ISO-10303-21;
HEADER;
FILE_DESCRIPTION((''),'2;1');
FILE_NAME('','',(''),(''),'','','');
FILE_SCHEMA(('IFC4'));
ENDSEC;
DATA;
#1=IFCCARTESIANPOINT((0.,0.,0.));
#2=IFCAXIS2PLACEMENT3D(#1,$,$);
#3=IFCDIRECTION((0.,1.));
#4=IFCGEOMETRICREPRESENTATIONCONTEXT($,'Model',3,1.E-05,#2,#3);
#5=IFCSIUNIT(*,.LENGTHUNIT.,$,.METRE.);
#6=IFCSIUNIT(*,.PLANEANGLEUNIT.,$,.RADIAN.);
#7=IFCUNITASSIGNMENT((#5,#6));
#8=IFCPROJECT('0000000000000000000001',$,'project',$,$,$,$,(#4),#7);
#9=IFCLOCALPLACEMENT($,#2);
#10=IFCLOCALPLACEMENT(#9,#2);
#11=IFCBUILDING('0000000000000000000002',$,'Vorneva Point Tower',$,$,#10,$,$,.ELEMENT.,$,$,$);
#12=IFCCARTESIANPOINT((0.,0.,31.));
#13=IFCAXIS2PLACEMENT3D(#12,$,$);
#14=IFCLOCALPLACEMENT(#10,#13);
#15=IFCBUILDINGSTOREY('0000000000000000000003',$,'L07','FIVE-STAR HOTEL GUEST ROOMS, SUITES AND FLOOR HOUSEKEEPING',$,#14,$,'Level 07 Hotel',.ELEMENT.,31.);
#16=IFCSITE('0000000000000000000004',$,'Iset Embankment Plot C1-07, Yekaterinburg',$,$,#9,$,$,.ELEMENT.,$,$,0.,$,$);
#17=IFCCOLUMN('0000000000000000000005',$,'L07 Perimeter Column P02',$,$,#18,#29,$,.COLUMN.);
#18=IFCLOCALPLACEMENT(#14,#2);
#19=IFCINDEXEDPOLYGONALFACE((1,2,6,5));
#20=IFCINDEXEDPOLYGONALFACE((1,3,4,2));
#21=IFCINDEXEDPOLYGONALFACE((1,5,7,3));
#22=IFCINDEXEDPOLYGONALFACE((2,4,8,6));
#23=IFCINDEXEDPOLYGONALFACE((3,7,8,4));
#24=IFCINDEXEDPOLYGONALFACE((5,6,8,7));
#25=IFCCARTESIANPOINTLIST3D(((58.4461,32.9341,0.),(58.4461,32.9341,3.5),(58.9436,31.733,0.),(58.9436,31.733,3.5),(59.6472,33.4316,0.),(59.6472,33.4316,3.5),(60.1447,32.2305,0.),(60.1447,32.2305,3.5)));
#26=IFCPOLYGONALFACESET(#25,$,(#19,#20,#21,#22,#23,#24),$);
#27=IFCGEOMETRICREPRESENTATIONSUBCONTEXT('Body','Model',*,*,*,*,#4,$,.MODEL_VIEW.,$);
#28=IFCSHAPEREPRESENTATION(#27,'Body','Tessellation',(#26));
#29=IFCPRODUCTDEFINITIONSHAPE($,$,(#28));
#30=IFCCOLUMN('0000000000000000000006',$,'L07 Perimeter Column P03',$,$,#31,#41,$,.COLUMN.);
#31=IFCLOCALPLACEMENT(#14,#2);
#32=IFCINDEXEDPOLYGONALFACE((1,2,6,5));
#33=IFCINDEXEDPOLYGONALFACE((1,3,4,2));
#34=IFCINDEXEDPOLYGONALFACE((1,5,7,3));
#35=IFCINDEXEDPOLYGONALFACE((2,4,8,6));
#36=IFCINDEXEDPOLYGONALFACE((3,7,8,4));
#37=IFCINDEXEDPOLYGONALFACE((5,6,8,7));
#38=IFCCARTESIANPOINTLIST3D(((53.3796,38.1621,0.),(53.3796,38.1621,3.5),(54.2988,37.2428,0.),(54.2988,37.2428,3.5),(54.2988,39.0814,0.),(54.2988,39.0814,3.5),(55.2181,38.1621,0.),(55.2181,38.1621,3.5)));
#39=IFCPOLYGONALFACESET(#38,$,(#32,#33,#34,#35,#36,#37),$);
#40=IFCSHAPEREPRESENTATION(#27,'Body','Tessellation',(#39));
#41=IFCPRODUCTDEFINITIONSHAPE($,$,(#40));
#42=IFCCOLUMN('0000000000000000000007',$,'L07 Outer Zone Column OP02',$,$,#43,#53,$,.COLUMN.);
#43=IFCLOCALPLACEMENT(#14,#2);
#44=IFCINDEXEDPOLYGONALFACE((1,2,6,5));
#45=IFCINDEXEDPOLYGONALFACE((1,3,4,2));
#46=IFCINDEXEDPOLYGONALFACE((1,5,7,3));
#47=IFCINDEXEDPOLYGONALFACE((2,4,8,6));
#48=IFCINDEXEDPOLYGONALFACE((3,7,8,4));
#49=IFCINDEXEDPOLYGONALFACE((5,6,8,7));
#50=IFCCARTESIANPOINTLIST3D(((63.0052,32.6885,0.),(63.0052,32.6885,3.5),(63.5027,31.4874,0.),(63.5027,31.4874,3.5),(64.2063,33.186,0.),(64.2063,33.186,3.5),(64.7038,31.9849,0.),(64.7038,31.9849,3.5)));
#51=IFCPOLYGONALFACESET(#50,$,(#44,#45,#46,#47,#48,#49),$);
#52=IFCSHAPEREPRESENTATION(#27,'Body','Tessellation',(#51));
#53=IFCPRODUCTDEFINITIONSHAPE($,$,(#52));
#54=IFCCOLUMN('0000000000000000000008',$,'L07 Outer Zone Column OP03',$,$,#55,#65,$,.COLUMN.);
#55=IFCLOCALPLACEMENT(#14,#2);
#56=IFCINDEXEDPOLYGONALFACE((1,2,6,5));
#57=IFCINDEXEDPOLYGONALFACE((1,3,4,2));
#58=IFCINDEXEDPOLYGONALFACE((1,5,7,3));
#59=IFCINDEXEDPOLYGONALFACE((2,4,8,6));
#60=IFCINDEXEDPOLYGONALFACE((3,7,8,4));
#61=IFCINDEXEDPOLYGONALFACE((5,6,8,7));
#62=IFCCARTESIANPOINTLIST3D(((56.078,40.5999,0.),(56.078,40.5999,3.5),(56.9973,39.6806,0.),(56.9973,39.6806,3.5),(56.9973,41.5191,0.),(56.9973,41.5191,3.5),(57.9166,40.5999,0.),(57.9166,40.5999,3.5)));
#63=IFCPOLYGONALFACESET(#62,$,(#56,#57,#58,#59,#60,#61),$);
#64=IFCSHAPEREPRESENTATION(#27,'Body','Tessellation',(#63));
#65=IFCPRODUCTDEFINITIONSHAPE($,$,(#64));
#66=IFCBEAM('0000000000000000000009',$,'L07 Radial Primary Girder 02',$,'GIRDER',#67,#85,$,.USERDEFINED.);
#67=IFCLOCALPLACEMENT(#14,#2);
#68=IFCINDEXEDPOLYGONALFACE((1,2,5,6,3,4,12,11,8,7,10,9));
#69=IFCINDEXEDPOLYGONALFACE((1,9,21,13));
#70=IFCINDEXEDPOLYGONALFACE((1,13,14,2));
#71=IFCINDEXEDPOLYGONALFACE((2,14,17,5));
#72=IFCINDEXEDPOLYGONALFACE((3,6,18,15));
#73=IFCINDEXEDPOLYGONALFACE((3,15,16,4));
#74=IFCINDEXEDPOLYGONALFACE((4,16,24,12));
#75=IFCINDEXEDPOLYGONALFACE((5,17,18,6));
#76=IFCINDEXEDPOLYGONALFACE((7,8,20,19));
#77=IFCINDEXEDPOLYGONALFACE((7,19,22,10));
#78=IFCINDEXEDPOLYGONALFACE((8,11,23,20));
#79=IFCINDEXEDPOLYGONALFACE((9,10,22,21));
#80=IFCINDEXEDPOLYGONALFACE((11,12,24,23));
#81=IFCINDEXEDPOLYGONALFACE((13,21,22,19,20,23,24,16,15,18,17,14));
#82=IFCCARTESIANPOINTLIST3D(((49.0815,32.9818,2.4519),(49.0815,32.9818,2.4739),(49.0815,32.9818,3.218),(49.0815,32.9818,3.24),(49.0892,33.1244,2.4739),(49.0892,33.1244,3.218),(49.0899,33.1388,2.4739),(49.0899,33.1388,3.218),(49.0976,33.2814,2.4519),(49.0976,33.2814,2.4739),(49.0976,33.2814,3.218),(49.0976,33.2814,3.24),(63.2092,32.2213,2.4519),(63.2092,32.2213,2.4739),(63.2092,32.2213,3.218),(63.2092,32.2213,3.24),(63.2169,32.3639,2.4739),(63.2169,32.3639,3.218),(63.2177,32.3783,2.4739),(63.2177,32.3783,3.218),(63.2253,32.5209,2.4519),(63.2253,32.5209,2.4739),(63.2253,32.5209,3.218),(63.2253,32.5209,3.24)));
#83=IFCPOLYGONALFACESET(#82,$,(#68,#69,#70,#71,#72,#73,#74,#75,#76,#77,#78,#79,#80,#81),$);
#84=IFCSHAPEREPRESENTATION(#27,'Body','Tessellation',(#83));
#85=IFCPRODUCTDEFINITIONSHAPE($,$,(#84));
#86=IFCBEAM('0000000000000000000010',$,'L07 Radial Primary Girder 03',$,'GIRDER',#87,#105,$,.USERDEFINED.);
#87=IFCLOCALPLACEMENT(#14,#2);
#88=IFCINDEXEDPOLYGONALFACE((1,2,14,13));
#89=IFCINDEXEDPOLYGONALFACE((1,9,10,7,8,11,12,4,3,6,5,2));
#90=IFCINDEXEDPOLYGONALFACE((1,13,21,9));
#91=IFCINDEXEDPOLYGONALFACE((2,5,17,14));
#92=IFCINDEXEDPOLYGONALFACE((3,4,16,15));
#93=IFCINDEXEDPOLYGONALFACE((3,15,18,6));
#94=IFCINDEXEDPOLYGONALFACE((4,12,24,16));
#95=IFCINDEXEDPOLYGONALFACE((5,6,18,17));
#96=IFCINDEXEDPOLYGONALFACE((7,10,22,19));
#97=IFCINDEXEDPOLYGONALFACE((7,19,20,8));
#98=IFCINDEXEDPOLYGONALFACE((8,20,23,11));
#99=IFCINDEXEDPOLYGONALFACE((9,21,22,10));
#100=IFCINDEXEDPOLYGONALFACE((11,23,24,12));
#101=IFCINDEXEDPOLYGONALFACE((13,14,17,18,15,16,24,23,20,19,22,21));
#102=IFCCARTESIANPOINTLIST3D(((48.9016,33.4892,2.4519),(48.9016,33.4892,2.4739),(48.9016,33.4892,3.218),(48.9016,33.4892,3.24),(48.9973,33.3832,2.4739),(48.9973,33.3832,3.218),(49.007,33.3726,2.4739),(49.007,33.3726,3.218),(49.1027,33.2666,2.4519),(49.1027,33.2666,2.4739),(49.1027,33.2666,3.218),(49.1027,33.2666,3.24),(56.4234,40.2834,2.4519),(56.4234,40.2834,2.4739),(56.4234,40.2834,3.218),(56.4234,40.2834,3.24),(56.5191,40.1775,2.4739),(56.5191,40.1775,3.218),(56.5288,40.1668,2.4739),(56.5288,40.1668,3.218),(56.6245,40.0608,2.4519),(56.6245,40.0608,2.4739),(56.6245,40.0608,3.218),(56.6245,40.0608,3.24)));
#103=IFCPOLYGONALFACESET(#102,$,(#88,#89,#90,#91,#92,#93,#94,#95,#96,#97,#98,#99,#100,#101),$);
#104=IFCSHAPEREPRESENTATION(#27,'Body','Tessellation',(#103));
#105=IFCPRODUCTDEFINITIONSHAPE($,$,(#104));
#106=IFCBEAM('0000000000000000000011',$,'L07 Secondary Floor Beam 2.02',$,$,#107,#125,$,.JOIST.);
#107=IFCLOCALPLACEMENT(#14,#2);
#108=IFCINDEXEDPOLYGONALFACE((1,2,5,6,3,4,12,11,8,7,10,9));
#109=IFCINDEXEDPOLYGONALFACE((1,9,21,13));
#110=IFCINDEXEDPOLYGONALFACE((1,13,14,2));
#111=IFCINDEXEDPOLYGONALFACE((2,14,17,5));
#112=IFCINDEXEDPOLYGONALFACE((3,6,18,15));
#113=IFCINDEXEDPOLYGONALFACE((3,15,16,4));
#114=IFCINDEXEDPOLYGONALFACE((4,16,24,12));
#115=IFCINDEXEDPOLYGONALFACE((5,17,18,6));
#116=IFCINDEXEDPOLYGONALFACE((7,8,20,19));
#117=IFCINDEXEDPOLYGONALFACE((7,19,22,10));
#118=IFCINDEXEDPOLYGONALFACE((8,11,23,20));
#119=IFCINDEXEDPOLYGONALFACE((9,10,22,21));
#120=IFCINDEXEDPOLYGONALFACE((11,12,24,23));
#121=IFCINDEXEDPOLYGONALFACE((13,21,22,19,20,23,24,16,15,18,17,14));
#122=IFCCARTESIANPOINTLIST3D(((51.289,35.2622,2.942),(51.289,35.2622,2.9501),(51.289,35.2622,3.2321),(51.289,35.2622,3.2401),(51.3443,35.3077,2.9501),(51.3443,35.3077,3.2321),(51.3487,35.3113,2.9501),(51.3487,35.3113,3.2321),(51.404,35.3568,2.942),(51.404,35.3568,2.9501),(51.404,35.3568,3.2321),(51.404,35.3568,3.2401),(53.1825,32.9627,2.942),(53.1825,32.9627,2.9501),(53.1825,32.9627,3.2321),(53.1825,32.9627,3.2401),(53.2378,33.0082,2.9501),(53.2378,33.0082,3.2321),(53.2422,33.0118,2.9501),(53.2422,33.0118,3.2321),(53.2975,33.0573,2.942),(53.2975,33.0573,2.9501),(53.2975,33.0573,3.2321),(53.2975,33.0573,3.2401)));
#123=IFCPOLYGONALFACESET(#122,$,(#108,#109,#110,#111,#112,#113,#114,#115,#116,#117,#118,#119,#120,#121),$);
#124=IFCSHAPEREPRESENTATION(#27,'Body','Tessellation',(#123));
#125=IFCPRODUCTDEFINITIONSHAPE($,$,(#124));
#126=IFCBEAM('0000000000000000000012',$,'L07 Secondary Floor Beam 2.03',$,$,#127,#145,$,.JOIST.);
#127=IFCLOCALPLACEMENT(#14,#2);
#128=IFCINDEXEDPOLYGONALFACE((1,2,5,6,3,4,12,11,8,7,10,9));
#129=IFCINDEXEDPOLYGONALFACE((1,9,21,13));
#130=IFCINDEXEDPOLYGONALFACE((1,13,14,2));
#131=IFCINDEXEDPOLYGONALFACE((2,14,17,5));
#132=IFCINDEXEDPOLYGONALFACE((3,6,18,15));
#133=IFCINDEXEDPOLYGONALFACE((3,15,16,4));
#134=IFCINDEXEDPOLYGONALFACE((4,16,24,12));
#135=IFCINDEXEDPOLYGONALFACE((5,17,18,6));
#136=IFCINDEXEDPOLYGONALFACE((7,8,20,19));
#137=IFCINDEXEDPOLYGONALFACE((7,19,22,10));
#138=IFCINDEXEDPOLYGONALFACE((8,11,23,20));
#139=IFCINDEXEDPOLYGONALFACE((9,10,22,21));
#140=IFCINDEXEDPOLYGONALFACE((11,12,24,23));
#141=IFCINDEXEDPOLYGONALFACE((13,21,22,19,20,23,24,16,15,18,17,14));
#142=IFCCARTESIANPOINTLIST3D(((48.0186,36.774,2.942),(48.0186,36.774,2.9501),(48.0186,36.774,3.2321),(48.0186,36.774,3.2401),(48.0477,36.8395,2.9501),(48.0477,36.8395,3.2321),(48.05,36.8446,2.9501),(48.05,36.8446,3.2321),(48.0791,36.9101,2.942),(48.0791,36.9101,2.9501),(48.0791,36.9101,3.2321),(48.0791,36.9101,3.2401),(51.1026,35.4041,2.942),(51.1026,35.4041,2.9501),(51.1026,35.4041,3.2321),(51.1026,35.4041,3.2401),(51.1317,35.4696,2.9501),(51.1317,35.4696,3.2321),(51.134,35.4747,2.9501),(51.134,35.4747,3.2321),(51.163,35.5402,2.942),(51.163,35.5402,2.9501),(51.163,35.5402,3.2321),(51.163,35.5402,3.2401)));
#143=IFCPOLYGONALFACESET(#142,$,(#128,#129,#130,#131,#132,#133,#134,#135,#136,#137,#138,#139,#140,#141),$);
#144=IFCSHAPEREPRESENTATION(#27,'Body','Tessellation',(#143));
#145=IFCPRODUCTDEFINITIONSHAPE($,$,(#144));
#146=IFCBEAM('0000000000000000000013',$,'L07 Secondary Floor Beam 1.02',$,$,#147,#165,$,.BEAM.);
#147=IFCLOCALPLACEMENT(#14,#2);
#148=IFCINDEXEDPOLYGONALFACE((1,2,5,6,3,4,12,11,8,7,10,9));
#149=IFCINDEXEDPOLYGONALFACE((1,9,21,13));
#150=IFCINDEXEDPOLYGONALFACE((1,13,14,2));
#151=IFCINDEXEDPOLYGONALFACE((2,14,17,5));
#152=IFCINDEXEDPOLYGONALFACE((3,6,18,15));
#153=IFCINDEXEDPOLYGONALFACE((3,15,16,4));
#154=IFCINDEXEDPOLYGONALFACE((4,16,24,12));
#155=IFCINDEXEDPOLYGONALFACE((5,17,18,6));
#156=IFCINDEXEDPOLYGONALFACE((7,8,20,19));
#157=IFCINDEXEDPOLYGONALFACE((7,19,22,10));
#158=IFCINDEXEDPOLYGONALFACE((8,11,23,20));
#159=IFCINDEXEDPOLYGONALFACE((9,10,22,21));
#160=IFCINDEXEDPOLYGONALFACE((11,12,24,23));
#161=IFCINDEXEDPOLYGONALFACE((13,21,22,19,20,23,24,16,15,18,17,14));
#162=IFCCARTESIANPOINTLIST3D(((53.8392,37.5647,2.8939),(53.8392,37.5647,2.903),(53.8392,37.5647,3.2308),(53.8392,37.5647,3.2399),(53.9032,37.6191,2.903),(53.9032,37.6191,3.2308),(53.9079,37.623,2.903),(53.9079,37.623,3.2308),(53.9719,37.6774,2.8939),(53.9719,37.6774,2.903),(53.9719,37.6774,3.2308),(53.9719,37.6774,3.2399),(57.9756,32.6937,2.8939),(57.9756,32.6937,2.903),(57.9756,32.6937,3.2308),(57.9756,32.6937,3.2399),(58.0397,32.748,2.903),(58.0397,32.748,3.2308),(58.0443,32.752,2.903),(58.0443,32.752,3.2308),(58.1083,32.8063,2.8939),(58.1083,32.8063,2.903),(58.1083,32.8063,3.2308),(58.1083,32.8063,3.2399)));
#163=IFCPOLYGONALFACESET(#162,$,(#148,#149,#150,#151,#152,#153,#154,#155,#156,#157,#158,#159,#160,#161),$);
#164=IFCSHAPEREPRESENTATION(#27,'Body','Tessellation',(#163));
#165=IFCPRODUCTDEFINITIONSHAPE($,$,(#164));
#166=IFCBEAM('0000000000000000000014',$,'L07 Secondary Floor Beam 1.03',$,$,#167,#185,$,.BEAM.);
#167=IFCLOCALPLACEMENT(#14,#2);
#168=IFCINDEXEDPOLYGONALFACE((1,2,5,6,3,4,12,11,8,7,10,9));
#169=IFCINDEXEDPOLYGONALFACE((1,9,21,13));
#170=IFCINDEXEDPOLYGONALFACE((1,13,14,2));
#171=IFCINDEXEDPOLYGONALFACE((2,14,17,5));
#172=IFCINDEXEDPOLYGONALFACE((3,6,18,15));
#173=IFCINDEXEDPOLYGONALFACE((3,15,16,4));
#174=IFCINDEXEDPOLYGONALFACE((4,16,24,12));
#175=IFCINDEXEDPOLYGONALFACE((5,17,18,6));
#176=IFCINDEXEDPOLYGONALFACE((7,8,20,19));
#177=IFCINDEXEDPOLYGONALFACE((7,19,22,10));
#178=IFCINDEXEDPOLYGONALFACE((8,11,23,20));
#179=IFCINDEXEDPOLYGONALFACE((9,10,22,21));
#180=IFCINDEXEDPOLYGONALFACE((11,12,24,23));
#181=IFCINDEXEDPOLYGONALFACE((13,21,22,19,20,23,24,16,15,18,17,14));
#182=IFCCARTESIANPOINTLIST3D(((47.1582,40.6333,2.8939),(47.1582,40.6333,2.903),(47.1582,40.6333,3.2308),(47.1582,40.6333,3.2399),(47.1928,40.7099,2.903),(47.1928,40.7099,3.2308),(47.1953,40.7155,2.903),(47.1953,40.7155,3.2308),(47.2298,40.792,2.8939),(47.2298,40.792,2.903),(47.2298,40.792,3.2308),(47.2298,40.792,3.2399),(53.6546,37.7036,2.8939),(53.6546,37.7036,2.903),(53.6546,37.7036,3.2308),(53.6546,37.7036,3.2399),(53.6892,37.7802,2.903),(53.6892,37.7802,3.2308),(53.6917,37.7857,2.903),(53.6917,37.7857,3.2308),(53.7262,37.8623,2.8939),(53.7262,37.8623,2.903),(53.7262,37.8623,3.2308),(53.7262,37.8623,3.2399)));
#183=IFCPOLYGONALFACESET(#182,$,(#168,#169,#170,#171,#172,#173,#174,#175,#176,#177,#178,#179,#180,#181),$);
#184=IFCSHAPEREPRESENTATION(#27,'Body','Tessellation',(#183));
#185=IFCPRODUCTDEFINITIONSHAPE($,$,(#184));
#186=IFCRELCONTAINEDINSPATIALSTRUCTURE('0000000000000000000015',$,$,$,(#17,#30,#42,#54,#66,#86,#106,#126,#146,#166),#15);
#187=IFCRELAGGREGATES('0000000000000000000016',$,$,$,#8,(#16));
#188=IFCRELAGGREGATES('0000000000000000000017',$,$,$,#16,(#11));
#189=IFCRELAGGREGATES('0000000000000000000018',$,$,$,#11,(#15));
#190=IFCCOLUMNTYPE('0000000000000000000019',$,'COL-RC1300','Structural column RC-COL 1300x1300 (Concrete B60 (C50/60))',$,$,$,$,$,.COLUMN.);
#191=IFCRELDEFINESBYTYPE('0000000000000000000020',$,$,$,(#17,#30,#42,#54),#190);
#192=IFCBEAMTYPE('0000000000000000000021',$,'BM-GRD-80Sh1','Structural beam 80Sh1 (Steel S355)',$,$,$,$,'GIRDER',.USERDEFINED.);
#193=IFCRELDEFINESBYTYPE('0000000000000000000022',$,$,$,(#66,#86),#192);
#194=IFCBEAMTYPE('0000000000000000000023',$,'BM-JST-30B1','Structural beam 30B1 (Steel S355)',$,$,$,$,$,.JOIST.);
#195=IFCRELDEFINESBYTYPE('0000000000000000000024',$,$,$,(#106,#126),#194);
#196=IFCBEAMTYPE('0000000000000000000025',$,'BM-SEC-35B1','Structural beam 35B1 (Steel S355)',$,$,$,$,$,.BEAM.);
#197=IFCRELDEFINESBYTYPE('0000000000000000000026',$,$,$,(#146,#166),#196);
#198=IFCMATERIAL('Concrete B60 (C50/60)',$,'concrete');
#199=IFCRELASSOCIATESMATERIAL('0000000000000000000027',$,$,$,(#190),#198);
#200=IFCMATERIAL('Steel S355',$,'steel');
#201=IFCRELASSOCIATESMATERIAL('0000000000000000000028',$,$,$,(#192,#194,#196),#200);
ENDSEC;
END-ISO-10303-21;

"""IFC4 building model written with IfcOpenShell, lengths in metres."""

from ifc_helpers import new_model, si_unit, direction, frame, origin, origin_2d, place, context, subcontext, project, spatial, rectangle, i_section, extrude, material, material_profile, profile_set, type_object, element, save


model = new_model("IFC4")

# Units and contexts
model_context = context("Model", 3, precision=1e-05, world=origin(), true_north=direction((0.0, 1.0)))
body_context = subcontext(model_context, "Body", "Model", "MODEL_VIEW")
ifc_project = project(units=[si_unit("LENGTHUNIT", "METRE"), si_unit("PLANEANGLEUNIT", "RADIAN")], contexts=[model_context])

# Site, building, storey
site_placement = place(None, origin())
site = spatial("IfcSite", under=ifc_project, at=site_placement, Name="Iset Embankment Plot C1-07, Yekaterinburg", CompositionType="ELEMENT", RefElevation=0.0)
building_placement = place(site_placement, origin())
building = spatial("IfcBuilding", under=site, at=building_placement, Name="Vorneva Point Tower", CompositionType="ELEMENT")
storey_placement = place(building_placement, frame((0.0, 0.0, 31.0)))
storey = spatial("IfcBuildingStorey", under=building, at=storey_placement, Name="L07", Description="FIVE-STAR HOTEL GUEST ROOMS, SUITES AND FLOOR HOUSEKEEPING", LongName="Level 07 Hotel", CompositionType="ELEMENT", Elevation=31.0)

# Columns
ifc_material_1 = material(Name="Concrete B60 (C50/60)", Category="concrete")
ifc_material_profile_1 = material_profile(ifc_material_1, rectangle(XDim=1.3, YDim=1.3, at=origin_2d()), Name="RC-COL 1300x1300")
ifc_profile_set_1 = profile_set([ifc_material_profile_1], Name="Concrete B60 (C50/60)")
column_type = type_object("IfcColumnType", Name="COL-RC1300", Description="Structural column RC-COL 1300x1300 (Concrete B60 (C50/60))", PredefinedType="COLUMN", material=ifc_profile_set_1)
for number, where, z_axis, x_axis, name in (
    (1, (59.2954, 32.5823, 0.0), (0.0, 0.0, 1.0), (0.92388, 0.382683, 0.0), "L07 Perimeter Column P02"),
    (2, (54.2988, 38.1621, 0.0), (0.0, 0.0, 1.0), (0.707107, 0.707107, 0.0), "L07 Perimeter Column P03"),
    (3, (63.8545, 32.3367, 0.0), (0.0, 0.0, 1.0), (0.92388, 0.382683, 0.0), "L07 Outer Zone Column OP02"),
    (4, (56.9973, 40.5999, 0.0), (0.0, 0.0, 1.0), (0.707107, 0.707107, 0.0), "L07 Outer Zone Column OP03"),
):
    element("IfcColumn", number, at=place(storey_placement, frame(where, z_axis=z_axis, x_axis=x_axis)), inside=storey, type_object=column_type, Name=name, PredefinedType="COLUMN", context=body_context, shape_type="SweptSolid", body=[
        extrude(rectangle(XDim=1.3, YDim=1.3, at=origin_2d()), origin(), (0.0, 0.0, 1.0), 3.5),
    ])

# Beams
ifc_material_2 = material(Name="Steel S355", Category="steel")
ifc_material_profile_2 = material_profile(ifc_material_2, i_section(OverallWidth=0.3, OverallDepth=0.7881, WebThickness=0.0144, FlangeThickness=0.022, at=origin_2d()), Name="80Sh1")
ifc_profile_set_2 = profile_set([ifc_material_profile_2], Name="Steel S355")
beam_type_1 = type_object("IfcBeamType", Name="BM-GRD-80Sh1", Description="Structural beam 80Sh1 (Steel S355)", ElementType="GIRDER", PredefinedType="USERDEFINED", material=ifc_profile_set_2)
beam_1_placement = place(storey_placement, frame((63.2173, 32.3711, 2.8459), z_axis=(-0.998554, 0.053753, 0.0), x_axis=(-0.053753, -0.998554, 0.0)))
element("IfcBeam", 5, at=beam_1_placement, inside=storey, type_object=beam_type_1, Name="L07 Radial Primary Girder 02", ObjectType="GIRDER", PredefinedType="USERDEFINED", context=body_context, shape_type="SweptSolid", body=[
    extrude(i_section(OverallWidth=0.3, OverallDepth=0.7881, WebThickness=0.0144, FlangeThickness=0.022, at=origin_2d()), origin(), (0.0, 0.0, 1.0), 14.1482),
])
beam_2_placement = place(storey_placement, frame((56.5239, 40.1721, 2.8459), z_axis=(-0.742084, -0.670306, 0.0), x_axis=(0.670306, -0.742084, 0.0)))
element("IfcBeam", 6, at=beam_2_placement, inside=storey, type_object=beam_type_1, Name="L07 Radial Primary Girder 03", ObjectType="GIRDER", PredefinedType="USERDEFINED", context=body_context, shape_type="SweptSolid", body=[
    extrude(i_section(OverallWidth=0.3, OverallDepth=0.7881, WebThickness=0.0144, FlangeThickness=0.022, at=origin_2d()), origin(), (0.0, 0.0, 1.0), 10.136),
])
ifc_material_profile_3 = material_profile(ifc_material_2, i_section(OverallWidth=0.1489, OverallDepth=0.2981, WebThickness=0.0056, FlangeThickness=0.0081, at=origin_2d()), Name="30B1")
ifc_profile_set_3 = profile_set([ifc_material_profile_3], Name="Steel S355")
beam_type_2 = type_object("IfcBeamType", Name="BM-JST-30B1", Description="Structural beam 30B1 (Steel S355)", PredefinedType="JOIST", material=ifc_profile_set_3)
beam_3_placement = place(storey_placement, frame((53.24, 33.01, 3.0911), z_axis=(-0.635667, 0.771963, 0.0), x_axis=(-0.771963, -0.635667, 0.0)))
element("IfcBeam", 7, at=beam_3_placement, inside=storey, type_object=beam_type_2, Name="L07 Secondary Floor Beam 2.02", PredefinedType="JOIST", context=body_context, shape_type="SweptSolid", body=[
    extrude(i_section(OverallWidth=0.1489, OverallDepth=0.2981, WebThickness=0.0056, FlangeThickness=0.0081, at=origin_2d()), origin(), (0.0, 0.0, 1.0), 2.9788),
])
beam_4_placement = place(storey_placement, frame((51.1328, 35.4722, 3.0911), z_axis=(-0.913898, 0.405944, 0.0), x_axis=(-0.405944, -0.913898, 0.0)))
element("IfcBeam", 8, at=beam_4_placement, inside=storey, type_object=beam_type_2, Name="L07 Secondary Floor Beam 2.03", PredefinedType="JOIST", context=body_context, shape_type="SweptSolid", body=[
    extrude(i_section(OverallWidth=0.1489, OverallDepth=0.2981, WebThickness=0.0056, FlangeThickness=0.0081, at=origin_2d()), origin(), (0.0, 0.0, 1.0), 3.3745),
])
ifc_material_profile_4 = material_profile(ifc_material_2, i_section(OverallWidth=0.1741, OverallDepth=0.3459, WebThickness=0.0061, FlangeThickness=0.009, at=origin_2d()), Name="35B1")
ifc_profile_set_4 = profile_set([ifc_material_profile_4], Name="Steel S355")
beam_type_3 = type_object("IfcBeamType", Name="BM-SEC-35B1", Description="Structural beam 35B1 (Steel S355)", PredefinedType="BEAM", material=ifc_profile_set_4)
beam_5_placement = place(storey_placement, frame((58.042, 32.75, 3.0669), z_axis=(-0.647289, 0.762245, 0.0), x_axis=(-0.762245, -0.647289, 0.0)))
element("IfcBeam", 9, at=beam_5_placement, inside=storey, type_object=beam_type_3, Name="L07 Secondary Floor Beam 1.02", PredefinedType="BEAM", context=body_context, shape_type="SweptSolid", body=[
    extrude(i_section(OverallWidth=0.1741, OverallDepth=0.3459, WebThickness=0.0061, FlangeThickness=0.009, at=origin_2d()), origin(), (0.0, 0.0, 1.0), 6.3904),
])
beam_6_placement = place(storey_placement, frame((53.6904, 37.783, 3.0669), z_axis=(-0.911589, 0.411104, 0.0), x_axis=(-0.411104, -0.911589, 0.0)))
element("IfcBeam", 10, at=beam_6_placement, inside=storey, type_object=beam_type_3, Name="L07 Secondary Floor Beam 1.03", PredefinedType="BEAM", context=body_context, shape_type="SweptSolid", body=[
    extrude(i_section(OverallWidth=0.1741, OverallDepth=0.3459, WebThickness=0.0061, FlangeThickness=0.009, at=origin_2d()), origin(), (0.0, 0.0, 1.0), 7.1265),
])

save(model, "model.ifc")
